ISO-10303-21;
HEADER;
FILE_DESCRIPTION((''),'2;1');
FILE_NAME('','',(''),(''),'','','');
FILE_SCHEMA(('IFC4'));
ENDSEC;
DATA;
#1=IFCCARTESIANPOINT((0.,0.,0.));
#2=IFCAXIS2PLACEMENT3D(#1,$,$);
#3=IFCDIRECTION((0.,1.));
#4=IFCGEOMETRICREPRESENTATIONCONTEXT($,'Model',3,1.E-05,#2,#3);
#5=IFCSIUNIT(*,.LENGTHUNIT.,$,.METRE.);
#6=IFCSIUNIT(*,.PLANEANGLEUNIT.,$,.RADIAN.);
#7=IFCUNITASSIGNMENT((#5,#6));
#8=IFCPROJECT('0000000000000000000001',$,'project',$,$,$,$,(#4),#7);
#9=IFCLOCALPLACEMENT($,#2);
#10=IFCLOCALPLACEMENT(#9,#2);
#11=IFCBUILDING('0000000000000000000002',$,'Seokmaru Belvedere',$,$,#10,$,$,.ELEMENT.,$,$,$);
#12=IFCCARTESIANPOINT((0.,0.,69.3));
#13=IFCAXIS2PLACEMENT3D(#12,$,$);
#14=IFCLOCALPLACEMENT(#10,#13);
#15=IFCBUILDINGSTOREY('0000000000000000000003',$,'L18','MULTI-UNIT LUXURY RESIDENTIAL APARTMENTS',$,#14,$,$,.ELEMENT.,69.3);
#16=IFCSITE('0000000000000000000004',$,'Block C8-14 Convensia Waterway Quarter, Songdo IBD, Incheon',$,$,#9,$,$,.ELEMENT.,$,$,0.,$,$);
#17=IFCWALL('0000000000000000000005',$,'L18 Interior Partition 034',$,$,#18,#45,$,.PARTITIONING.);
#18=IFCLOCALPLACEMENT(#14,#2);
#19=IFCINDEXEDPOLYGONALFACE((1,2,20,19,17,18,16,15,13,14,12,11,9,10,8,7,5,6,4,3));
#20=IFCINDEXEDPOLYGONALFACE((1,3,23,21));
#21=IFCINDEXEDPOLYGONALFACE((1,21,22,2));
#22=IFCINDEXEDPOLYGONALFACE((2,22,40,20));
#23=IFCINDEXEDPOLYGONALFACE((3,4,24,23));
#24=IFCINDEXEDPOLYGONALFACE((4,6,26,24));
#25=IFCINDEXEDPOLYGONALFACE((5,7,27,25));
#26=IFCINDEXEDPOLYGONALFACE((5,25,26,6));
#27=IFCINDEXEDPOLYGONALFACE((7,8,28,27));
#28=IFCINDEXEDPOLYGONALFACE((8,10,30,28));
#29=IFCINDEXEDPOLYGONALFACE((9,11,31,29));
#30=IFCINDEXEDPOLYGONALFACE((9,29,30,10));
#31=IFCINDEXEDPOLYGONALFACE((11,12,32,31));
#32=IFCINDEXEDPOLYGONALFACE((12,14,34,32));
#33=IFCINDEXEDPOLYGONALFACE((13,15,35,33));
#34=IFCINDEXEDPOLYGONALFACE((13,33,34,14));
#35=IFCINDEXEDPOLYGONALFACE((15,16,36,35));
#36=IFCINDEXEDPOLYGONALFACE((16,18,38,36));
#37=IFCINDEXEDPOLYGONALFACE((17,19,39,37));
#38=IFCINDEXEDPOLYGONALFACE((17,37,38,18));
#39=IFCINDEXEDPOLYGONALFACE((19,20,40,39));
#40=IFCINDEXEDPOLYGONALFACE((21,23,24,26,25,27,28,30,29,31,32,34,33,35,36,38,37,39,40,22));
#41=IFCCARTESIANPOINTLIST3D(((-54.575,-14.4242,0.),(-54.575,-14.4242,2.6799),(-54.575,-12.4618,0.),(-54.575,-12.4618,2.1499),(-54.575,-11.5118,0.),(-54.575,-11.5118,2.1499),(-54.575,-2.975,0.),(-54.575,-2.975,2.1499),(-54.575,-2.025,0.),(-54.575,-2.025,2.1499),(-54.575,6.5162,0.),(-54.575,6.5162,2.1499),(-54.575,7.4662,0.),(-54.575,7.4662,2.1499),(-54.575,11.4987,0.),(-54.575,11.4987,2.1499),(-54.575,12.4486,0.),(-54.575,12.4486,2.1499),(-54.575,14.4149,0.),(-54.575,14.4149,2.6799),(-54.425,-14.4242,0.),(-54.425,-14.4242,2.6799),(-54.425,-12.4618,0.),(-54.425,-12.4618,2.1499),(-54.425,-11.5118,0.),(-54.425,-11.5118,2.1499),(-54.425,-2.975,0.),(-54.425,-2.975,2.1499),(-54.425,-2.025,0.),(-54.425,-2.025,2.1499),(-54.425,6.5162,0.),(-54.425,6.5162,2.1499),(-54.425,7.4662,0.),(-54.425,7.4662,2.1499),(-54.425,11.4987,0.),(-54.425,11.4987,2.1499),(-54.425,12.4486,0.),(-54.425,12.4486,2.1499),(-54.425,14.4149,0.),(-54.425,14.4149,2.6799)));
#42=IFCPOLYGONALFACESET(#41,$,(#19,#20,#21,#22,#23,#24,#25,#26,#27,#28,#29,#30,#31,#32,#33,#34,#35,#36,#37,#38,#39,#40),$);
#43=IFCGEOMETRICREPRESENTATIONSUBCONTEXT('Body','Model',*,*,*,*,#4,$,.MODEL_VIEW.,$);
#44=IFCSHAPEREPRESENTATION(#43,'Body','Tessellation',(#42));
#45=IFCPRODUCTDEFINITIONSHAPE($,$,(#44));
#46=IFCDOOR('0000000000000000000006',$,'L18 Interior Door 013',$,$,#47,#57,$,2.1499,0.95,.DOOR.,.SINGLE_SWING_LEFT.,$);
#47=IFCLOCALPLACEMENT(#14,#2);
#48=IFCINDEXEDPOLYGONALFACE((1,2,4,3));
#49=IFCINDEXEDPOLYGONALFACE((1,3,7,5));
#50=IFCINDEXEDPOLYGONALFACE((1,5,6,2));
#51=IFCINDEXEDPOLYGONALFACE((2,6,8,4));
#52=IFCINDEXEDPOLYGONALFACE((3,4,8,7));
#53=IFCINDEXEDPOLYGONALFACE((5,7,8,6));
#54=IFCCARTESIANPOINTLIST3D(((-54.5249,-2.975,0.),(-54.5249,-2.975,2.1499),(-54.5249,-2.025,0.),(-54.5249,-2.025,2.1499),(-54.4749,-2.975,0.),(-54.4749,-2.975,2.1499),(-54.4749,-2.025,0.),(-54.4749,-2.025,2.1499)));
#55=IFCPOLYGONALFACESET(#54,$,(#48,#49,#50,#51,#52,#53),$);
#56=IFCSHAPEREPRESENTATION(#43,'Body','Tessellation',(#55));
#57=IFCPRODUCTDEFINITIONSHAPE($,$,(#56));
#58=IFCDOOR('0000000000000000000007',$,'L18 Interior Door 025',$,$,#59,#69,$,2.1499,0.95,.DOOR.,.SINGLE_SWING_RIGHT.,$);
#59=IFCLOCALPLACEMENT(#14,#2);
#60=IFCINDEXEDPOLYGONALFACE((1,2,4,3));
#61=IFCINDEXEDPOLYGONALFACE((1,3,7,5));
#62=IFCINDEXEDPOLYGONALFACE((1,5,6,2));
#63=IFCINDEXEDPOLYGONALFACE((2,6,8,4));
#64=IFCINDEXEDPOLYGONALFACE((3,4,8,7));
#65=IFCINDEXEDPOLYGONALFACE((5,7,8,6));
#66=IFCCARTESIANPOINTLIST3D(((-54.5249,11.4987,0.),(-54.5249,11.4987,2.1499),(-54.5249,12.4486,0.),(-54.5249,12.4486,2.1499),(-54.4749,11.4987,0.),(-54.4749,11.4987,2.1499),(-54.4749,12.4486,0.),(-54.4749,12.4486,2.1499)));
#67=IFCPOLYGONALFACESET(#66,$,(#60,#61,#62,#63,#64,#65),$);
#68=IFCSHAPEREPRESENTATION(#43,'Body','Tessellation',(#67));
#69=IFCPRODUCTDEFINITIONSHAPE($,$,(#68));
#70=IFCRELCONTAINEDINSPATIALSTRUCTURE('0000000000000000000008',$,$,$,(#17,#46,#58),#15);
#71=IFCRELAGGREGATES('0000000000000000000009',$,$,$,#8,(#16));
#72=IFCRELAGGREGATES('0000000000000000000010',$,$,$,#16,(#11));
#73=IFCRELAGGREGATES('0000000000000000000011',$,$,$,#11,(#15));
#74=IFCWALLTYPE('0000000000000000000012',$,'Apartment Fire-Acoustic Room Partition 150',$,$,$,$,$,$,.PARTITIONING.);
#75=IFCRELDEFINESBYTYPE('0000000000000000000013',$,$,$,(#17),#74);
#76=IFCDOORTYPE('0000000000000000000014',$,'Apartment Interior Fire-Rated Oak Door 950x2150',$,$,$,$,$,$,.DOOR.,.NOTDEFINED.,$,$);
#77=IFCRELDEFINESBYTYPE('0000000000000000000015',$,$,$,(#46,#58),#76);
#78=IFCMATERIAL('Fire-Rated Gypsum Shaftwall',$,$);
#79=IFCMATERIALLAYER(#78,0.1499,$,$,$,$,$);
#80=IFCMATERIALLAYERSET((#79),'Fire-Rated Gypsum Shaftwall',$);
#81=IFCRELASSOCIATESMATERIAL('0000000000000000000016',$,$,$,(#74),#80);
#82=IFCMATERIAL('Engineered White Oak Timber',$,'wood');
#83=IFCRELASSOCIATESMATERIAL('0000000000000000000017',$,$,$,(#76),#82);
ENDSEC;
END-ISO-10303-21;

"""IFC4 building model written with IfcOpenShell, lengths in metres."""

from ifc_helpers import new_model, si_unit, direction, frame, frame_2d, origin, place, context, subcontext, project, spatial, rectangle, extrude, source, transform, mapped, material, layer, layer_set, type_object, type_shapes, element, fill, save


model = new_model("IFC4")

# Units and contexts
model_context = context("Model", 3, precision=1e-05, world=origin(), true_north=direction((0.0, 1.0)))
body_context = subcontext(model_context, "Body", "Model", "MODEL_VIEW")
ifc_project = project(units=[si_unit("LENGTHUNIT", "METRE"), si_unit("PLANEANGLEUNIT", "RADIAN")], contexts=[model_context])

# Site, building, storey
site_placement = place(None, origin())
site = spatial("IfcSite", under=ifc_project, at=site_placement, Name="Block C8-14 Convensia Waterway Quarter, Songdo IBD, Incheon", CompositionType="ELEMENT", RefElevation=0.0)
building_placement = place(site_placement, origin())
building = spatial("IfcBuilding", under=site, at=building_placement, Name="Seokmaru Belvedere", CompositionType="ELEMENT")
storey_placement = place(building_placement, frame((0.0, 0.0, 69.3)))
storey = spatial("IfcBuildingStorey", under=building, at=storey_placement, Name="L18", Description="MULTI-UNIT LUXURY RESIDENTIAL APARTMENTS", CompositionType="ELEMENT", Elevation=69.3)

# Shared definitions
ifc_material_1 = material(Name="Fire-Rated Gypsum Shaftwall")
ifc_layer_1 = layer(ifc_material_1, 0.1499)
ifc_layer_set_1 = layer_set([ifc_layer_1], Name="Fire-Rated Gypsum Shaftwall")
wall_type = type_object("IfcWallType", Name="Apartment Fire-Acoustic Room Partition 150", PredefinedType="PARTITIONING", material=ifc_layer_set_1)

# Wall, openings, doors
ifc_material_2 = material(Name="Engineered White Oak Timber", Category="wood")
door_type = type_object("IfcDoorType", Name="Apartment Interior Fire-Rated Oak Door 950x2150", OperationType="NOTDEFINED", PredefinedType="DOOR", material=ifc_material_2)
shared_shape_1 = source(origin(), body_context, "Body", "SweptSolid", [
    extrude(rectangle(XDim=0.95, YDim=2.1499, at=frame_2d((0.4751, 1.075))), frame((0.0, 0.0249, 0.0), z_axis=(0.0, -1.0, 0.0), x_axis=(1.0, 0.0, 0.0)), (0.0, 0.0, 1.0), 0.05),
])
type_shapes(door_type, [shared_shape_1])
wall_1_placement = place(storey_placement, frame((-54.5, -14.4241, 0.0), z_axis=(0.0, 0.0, 1.0), x_axis=(0.0, 1.0, 0.0)))
wall_1 = element("IfcWall", 1, at=wall_1_placement, inside=storey, type_object=wall_type, Name="L18 Interior Partition 034", PredefinedType="PARTITIONING", context=body_context, shape_type="SweptSolid", body=[
    extrude(rectangle(XDim=28.8391, YDim=0.1499, at=frame_2d((14.4194, 0.0))), origin(), (0.0, 0.0, 1.0), 2.6799),
])
opening_1_placement = place(wall_1_placement, frame((1.9622, 0.0, 0.0)))
element("IfcOpeningElement", 2, at=opening_1_placement, cuts=wall_1, PredefinedType="OPENING", context=body_context, shape_type="SweptSolid", body=[
    extrude(rectangle(XDim=0.95, YDim=2.1499, at=frame_2d((0.4751, 1.075))), frame((0.0, 0.085, 0.0), z_axis=(0.0, -1.0, 0.0), x_axis=(1.0, 0.0, 0.0)), (0.0, 0.0, 1.0), 0.1699),
])
opening_2_placement = place(wall_1_placement, frame((11.449, 0.0, 0.0)))
opening_2 = element("IfcOpeningElement", 3, at=opening_2_placement, cuts=wall_1, PredefinedType="OPENING", context=body_context, shape_type="SweptSolid", body=[
    extrude(rectangle(XDim=0.95, YDim=2.1499, at=frame_2d((0.4751, 1.075))), frame((0.0, 0.085, 0.0), z_axis=(0.0, -1.0, 0.0), x_axis=(1.0, 0.0, 0.0)), (0.0, 0.0, 1.0), 0.1699),
])
opening_3_placement = place(wall_1_placement, frame((25.9226, 0.0, 0.0)))
opening_3 = element("IfcOpeningElement", 4, at=opening_3_placement, cuts=wall_1, PredefinedType="OPENING", context=body_context, shape_type="SweptSolid", body=[
    extrude(rectangle(XDim=0.95, YDim=2.1499, at=frame_2d((0.4751, 1.075))), frame((0.0, 0.085, 0.0), z_axis=(0.0, -1.0, 0.0), x_axis=(1.0, 0.0, 0.0)), (0.0, 0.0, 1.0), 0.1699),
])
opening_4_placement = place(wall_1_placement, frame((20.9402, 0.0, 0.0)))
element("IfcOpeningElement", 5, at=opening_4_placement, cuts=wall_1, PredefinedType="OPENING", context=body_context, shape_type="SweptSolid", body=[
    extrude(rectangle(XDim=0.95, YDim=2.1499, at=frame_2d((0.4751, 1.075))), frame((0.0, 0.085, 0.0), z_axis=(0.0, -1.0, 0.0), x_axis=(1.0, 0.0, 0.0)), (0.0, 0.0, 1.0), 0.1699),
])
door_1_placement = place(opening_2_placement, origin())
door_1 = element("IfcDoor", 6, at=door_1_placement, inside=storey, type_object=door_type, Name="L18 Interior Door 013", OperationType="SINGLE_SWING_LEFT", OverallHeight=2.1499, OverallWidth=0.95, PredefinedType="DOOR", context=body_context, shape_type="MappedRepresentation", body=[
    mapped(shared_shape_1, transform((0.0, 0.0, 0.0), scale=1.0)),
])
fill(opening_2, door_1)
door_2_placement = place(opening_3_placement, origin())
door_2 = element("IfcDoor", 7, at=door_2_placement, inside=storey, type_object=door_type, Name="L18 Interior Door 025", OperationType="SINGLE_SWING_RIGHT", OverallHeight=2.1499, OverallWidth=0.95, PredefinedType="DOOR", context=body_context, shape_type="MappedRepresentation", body=[
    mapped(shared_shape_1, transform((0.0, 0.0, 0.0), scale=1.0)),
])
fill(opening_3, door_2)

save(model, "model.ifc")
